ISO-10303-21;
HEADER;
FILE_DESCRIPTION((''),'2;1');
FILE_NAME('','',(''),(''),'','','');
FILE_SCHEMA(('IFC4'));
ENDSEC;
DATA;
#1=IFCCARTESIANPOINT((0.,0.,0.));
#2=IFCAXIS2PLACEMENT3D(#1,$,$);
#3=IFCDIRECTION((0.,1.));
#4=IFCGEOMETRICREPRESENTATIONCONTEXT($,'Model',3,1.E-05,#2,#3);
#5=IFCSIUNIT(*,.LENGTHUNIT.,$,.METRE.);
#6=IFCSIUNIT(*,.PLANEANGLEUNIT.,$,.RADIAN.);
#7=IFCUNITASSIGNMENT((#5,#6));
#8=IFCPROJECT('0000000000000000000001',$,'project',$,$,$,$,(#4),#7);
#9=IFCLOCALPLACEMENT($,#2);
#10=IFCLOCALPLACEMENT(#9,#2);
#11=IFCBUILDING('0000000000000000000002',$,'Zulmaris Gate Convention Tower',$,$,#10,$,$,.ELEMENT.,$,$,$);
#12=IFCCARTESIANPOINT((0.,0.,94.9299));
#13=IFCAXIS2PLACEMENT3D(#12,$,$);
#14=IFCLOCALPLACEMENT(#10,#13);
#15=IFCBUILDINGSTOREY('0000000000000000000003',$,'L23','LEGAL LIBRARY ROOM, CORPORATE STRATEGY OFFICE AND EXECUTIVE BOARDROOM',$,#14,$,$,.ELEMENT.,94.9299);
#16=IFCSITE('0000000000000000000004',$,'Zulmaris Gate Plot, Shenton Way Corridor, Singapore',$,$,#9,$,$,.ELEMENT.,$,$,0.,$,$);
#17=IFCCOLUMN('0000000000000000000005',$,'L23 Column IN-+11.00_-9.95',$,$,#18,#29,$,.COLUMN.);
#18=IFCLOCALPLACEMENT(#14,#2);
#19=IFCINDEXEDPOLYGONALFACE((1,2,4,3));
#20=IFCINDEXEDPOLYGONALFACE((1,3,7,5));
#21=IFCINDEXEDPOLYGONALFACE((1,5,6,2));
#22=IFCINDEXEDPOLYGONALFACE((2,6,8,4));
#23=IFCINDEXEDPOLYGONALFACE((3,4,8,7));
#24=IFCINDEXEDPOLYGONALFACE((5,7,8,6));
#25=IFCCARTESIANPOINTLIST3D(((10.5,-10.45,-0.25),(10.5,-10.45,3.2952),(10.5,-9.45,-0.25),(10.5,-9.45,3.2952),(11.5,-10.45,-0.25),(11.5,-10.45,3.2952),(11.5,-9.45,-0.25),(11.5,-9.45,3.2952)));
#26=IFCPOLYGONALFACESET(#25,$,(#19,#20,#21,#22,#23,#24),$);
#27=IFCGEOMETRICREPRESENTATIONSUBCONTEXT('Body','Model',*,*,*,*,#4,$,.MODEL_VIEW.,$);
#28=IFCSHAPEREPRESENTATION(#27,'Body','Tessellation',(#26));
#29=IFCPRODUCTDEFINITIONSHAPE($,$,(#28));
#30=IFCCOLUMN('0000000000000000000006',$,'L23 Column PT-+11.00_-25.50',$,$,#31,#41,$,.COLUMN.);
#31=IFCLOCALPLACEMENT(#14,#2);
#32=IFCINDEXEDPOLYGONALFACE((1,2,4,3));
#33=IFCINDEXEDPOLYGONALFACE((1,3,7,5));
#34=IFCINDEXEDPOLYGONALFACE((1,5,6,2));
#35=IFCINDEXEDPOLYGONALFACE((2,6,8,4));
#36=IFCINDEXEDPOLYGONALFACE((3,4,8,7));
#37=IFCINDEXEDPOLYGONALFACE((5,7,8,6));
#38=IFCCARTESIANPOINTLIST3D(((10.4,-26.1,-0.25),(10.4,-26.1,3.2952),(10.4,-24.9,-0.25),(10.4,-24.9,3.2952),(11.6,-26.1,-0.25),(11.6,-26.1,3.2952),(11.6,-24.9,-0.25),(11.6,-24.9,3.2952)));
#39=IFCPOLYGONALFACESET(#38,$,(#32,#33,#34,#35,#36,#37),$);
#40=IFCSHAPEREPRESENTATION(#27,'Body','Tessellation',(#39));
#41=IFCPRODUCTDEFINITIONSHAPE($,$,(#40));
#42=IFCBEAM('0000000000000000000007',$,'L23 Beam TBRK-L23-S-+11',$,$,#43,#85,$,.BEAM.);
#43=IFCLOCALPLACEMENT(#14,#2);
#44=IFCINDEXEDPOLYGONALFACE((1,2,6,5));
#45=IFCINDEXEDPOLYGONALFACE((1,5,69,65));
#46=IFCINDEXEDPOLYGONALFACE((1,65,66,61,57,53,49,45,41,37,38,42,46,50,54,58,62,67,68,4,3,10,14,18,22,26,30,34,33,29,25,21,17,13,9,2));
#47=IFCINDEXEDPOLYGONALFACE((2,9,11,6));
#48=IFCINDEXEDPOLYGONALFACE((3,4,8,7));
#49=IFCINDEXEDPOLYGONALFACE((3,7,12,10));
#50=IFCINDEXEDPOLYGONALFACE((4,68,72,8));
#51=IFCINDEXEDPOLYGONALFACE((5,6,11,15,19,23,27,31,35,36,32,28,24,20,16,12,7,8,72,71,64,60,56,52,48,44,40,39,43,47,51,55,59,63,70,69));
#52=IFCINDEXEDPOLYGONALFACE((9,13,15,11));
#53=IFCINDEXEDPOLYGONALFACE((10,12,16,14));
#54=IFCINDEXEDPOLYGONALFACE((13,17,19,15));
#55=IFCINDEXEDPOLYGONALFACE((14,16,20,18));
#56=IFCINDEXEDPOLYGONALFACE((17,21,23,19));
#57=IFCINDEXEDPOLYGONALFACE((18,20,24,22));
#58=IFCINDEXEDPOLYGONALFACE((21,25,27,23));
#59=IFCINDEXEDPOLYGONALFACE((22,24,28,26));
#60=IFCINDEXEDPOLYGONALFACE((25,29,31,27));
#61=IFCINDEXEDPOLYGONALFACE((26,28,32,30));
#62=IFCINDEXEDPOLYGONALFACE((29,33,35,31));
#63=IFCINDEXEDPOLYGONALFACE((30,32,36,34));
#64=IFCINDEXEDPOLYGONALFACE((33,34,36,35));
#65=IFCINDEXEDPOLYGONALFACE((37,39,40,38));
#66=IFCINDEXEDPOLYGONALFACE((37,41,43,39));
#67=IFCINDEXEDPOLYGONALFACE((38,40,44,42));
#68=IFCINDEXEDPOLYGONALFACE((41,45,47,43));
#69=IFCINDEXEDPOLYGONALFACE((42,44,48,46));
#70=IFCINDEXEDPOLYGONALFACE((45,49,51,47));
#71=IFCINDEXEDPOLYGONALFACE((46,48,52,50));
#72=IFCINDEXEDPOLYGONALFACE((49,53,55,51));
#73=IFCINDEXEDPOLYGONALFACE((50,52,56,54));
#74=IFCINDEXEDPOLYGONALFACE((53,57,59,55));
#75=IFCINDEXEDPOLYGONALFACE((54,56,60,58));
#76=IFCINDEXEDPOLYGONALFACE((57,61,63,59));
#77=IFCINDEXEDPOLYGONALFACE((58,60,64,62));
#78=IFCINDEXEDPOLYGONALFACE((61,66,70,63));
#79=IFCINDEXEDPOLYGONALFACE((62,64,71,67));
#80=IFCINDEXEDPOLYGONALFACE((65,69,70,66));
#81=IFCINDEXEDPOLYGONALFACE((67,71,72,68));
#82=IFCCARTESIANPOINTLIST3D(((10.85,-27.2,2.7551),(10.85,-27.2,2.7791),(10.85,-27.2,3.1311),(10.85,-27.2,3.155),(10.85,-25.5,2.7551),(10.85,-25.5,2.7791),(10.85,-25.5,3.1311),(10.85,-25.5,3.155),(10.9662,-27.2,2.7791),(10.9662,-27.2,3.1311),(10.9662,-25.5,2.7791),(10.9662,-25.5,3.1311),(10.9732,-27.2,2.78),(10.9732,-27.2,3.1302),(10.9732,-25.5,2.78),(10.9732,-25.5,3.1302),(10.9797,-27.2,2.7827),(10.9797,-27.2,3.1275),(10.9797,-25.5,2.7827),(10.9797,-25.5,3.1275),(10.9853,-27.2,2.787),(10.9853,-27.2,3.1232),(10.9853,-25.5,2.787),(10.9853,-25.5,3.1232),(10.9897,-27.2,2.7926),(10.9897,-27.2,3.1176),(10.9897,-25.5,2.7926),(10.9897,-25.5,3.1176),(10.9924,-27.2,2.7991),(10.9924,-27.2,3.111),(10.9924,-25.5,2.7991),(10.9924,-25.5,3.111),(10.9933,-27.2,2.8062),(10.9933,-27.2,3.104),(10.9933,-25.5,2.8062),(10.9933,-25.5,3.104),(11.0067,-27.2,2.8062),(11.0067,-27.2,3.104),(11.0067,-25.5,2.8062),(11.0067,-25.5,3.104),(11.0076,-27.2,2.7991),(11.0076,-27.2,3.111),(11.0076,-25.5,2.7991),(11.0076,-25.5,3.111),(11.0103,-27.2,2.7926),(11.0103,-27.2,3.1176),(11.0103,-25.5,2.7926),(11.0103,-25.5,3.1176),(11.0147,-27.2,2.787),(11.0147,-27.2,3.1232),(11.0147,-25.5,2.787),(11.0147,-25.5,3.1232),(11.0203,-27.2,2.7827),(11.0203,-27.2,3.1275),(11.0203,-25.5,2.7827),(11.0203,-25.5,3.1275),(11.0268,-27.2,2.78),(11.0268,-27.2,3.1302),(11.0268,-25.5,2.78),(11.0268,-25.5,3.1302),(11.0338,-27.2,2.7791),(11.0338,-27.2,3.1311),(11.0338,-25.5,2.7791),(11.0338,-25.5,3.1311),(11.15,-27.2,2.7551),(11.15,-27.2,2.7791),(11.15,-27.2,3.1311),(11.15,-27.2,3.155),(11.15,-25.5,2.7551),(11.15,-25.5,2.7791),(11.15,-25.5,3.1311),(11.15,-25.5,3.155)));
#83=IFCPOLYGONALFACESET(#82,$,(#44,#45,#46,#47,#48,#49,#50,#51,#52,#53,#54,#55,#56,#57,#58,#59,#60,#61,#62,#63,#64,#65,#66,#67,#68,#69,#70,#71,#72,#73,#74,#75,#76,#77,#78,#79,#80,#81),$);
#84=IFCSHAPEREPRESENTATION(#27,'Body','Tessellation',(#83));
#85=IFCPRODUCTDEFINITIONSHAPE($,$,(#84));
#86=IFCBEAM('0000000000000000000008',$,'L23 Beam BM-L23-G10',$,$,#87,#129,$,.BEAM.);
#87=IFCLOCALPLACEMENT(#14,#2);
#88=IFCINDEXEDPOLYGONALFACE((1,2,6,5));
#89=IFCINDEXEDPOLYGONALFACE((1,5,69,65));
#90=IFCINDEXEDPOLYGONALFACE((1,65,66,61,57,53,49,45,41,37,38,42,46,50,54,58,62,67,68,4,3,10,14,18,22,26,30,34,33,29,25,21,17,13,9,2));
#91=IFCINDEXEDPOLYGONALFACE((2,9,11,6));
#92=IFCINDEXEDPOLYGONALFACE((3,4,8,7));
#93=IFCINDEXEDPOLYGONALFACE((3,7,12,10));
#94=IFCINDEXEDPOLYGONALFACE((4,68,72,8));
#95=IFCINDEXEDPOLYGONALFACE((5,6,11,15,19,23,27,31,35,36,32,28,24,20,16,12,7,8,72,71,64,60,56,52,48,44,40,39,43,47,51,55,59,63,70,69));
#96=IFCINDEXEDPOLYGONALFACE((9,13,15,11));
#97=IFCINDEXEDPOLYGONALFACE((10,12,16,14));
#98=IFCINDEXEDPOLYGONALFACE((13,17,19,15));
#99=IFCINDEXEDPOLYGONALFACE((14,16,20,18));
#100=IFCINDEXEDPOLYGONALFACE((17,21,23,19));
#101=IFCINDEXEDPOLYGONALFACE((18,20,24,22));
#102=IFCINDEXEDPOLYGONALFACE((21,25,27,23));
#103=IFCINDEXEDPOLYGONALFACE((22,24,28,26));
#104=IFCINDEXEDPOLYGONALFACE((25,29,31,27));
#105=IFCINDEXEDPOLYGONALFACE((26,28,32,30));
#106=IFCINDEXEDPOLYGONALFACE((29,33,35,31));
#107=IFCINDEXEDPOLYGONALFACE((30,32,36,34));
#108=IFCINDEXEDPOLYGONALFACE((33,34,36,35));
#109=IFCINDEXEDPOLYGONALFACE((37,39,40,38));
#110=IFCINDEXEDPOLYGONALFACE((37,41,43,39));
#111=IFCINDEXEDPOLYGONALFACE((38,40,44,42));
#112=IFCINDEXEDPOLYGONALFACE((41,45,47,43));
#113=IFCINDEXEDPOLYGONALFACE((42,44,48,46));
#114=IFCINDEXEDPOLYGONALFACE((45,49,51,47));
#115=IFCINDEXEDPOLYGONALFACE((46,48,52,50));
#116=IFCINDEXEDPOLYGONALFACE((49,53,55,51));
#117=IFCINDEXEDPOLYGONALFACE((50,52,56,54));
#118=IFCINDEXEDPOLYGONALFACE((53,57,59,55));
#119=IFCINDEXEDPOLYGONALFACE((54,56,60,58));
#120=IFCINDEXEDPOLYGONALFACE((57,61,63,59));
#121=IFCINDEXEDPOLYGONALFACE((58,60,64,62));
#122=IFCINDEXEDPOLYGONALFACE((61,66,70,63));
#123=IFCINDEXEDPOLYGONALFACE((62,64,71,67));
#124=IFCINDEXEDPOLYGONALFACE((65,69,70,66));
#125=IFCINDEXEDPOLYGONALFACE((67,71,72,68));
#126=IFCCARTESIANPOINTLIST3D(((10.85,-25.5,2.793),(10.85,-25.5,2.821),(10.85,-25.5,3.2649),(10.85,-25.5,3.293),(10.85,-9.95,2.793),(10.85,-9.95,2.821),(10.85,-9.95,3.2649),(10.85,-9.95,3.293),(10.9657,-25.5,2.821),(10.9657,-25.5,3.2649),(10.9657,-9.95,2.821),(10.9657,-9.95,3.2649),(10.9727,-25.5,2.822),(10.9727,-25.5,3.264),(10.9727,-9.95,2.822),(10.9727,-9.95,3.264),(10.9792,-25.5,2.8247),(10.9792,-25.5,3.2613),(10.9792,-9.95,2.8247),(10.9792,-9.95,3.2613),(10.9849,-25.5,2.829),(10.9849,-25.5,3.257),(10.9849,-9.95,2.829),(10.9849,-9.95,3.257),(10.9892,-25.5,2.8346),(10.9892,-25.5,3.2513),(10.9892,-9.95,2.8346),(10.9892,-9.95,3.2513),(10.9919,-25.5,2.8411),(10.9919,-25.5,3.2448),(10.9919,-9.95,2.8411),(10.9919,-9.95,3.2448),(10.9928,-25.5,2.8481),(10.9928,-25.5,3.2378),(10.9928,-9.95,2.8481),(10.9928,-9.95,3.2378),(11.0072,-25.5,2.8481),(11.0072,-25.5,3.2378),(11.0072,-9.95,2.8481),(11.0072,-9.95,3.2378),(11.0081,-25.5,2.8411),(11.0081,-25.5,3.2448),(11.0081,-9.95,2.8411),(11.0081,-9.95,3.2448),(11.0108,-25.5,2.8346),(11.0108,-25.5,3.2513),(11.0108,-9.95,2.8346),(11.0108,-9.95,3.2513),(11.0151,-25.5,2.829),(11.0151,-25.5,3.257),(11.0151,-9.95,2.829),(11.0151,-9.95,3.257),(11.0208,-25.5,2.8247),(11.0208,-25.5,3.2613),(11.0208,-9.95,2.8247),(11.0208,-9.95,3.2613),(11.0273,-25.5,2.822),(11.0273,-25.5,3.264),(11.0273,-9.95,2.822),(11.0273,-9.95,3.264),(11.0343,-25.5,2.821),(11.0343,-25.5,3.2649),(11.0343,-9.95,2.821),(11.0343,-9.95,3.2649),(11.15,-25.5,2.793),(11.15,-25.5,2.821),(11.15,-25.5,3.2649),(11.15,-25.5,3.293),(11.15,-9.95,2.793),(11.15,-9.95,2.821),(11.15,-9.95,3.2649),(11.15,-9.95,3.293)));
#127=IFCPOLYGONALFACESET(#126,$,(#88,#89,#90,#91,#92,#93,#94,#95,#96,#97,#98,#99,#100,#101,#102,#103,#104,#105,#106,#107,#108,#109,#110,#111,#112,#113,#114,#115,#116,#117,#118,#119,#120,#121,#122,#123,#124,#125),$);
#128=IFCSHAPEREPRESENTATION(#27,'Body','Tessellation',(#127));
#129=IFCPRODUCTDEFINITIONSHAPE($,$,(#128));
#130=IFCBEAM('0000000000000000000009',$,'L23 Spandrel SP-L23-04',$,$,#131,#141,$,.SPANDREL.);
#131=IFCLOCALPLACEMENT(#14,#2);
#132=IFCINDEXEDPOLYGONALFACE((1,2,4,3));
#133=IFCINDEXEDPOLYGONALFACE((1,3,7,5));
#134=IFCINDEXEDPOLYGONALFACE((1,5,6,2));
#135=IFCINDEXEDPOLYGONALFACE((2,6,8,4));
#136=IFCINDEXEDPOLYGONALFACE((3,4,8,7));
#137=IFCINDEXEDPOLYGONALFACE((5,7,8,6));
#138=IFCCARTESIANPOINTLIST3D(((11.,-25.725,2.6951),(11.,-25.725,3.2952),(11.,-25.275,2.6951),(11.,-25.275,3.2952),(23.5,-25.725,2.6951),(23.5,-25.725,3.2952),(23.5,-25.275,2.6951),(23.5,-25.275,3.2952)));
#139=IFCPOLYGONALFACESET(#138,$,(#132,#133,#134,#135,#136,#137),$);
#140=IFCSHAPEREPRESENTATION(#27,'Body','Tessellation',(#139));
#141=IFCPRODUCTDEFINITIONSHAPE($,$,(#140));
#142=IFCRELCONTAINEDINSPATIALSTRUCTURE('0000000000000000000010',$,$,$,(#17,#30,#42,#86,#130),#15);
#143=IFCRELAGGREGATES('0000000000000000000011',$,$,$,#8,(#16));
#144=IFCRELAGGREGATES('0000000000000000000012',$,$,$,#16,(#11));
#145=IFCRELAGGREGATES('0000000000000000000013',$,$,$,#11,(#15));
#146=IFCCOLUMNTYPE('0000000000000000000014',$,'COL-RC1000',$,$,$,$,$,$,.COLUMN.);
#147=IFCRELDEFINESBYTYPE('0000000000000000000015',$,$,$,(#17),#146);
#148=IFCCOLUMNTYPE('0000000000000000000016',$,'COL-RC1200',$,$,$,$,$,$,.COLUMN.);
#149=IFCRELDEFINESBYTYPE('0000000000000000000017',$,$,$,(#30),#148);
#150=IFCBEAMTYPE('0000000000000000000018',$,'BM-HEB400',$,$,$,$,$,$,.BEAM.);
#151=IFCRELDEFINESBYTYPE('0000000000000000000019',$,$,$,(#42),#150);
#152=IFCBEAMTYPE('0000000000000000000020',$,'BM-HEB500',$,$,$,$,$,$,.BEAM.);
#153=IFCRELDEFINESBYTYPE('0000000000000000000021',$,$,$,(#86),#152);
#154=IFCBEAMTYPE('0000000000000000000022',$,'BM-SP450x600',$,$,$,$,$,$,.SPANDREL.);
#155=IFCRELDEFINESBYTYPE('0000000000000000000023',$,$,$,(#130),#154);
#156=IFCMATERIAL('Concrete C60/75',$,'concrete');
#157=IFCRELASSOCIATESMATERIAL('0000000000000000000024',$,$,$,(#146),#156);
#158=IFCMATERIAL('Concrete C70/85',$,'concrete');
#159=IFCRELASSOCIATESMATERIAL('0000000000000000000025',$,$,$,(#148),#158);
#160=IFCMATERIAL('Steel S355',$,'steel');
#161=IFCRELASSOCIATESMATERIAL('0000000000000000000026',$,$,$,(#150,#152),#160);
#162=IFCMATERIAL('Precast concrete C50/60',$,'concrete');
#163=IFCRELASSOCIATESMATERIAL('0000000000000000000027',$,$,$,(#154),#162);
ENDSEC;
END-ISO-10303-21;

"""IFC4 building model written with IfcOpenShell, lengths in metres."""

from ifc_helpers import new_model, si_unit, direction, frame, origin, origin_2d, place, context, subcontext, project, spatial, rectangle, i_section, extrude, material, material_profile, profile_set, type_object, element, save


model = new_model("IFC4")

# Units and contexts
model_context = context("Model", 3, precision=1e-05, world=origin(), true_north=direction((0.0, 1.0)))
body_context = subcontext(model_context, "Body", "Model", "MODEL_VIEW")
ifc_project = project(units=[si_unit("LENGTHUNIT", "METRE"), si_unit("PLANEANGLEUNIT", "RADIAN")], contexts=[model_context])

# Site, building, storey
site_placement = place(None, origin())
site = spatial("IfcSite", under=ifc_project, at=site_placement, Name="Zulmaris Gate Plot, Shenton Way Corridor, Singapore", CompositionType="ELEMENT", RefElevation=0.0)
building_placement = place(site_placement, origin())
building = spatial("IfcBuilding", under=site, at=building_placement, Name="Zulmaris Gate Convention Tower", CompositionType="ELEMENT")
storey_placement = place(building_placement, frame((0.0, 0.0, 94.9299)))
storey = spatial("IfcBuildingStorey", under=building, at=storey_placement, Name="L23", Description="LEGAL LIBRARY ROOM, CORPORATE STRATEGY OFFICE AND EXECUTIVE BOARDROOM", CompositionType="ELEMENT", Elevation=94.9299)

# Columns
ifc_material_1 = material(Name="Concrete C60/75", Category="concrete")
ifc_material_profile_1 = material_profile(ifc_material_1, rectangle(XDim=1.0, YDim=1.0, at=origin_2d()), Name="RC COL 1000x1000")
ifc_profile_set_1 = profile_set([ifc_material_profile_1], Name="Concrete C60/75")
column_type_1 = type_object("IfcColumnType", Name="COL-RC1000", PredefinedType="COLUMN", material=ifc_profile_set_1)
column_1_placement = place(storey_placement, frame((11.0, -9.95, -0.25), z_axis=(0.0, 0.0, 1.0), x_axis=(1.0, 0.0, 0.0)))
element("IfcColumn", 1, at=column_1_placement, inside=storey, type_object=column_type_1, Name="L23 Column IN-+11.00_-9.95", PredefinedType="COLUMN", context=body_context, shape_type="SweptSolid", body=[
    extrude(rectangle(XDim=1.0, YDim=1.0, at=origin_2d()), origin(), (0.0, 0.0, 1.0), 3.5452),
])
ifc_material_2 = material(Name="Concrete C70/85", Category="concrete")
ifc_material_profile_2 = material_profile(ifc_material_2, rectangle(XDim=1.2, YDim=1.2, at=origin_2d()), Name="RC COL 1200x1200")
ifc_profile_set_2 = profile_set([ifc_material_profile_2], Name="Concrete C70/85")
column_type_2 = type_object("IfcColumnType", Name="COL-RC1200", PredefinedType="COLUMN", material=ifc_profile_set_2)
column_2_placement = place(storey_placement, frame((11.0, -25.5, -0.25), z_axis=(0.0, 0.0, 1.0), x_axis=(1.0, 0.0, 0.0)))
element("IfcColumn", 2, at=column_2_placement, inside=storey, type_object=column_type_2, Name="L23 Column PT-+11.00_-25.50", PredefinedType="COLUMN", context=body_context, shape_type="SweptSolid", body=[
    extrude(rectangle(XDim=1.2, YDim=1.2, at=origin_2d()), origin(), (0.0, 0.0, 1.0), 3.5452),
])

# Beams
ifc_material_3 = material(Name="Steel S355", Category="steel")
ifc_material_profile_3 = material_profile(ifc_material_3, i_section(OverallWidth=0.3, OverallDepth=0.3999, WebThickness=0.0134, FlangeThickness=0.0239, FilletRadius=0.0271, at=origin_2d()), Name="HEB 400")
ifc_profile_set_3 = profile_set([ifc_material_profile_3], Name="Steel S355")
beam_type_1 = type_object("IfcBeamType", Name="BM-HEB400", PredefinedType="BEAM", material=ifc_profile_set_3)
beam_1_placement = place(storey_placement, frame((11.0, -27.2, 2.9551), z_axis=(0.0, 1.0, 0.0), x_axis=(-1.0, 0.0, 0.0)))
element("IfcBeam", 3, at=beam_1_placement, inside=storey, type_object=beam_type_1, Name="L23 Beam TBRK-L23-S-+11", PredefinedType="BEAM", context=body_context, shape_type="SweptSolid", body=[
    extrude(i_section(OverallWidth=0.3, OverallDepth=0.3999, WebThickness=0.0134, FlangeThickness=0.0239, FilletRadius=0.0271, at=origin_2d()), origin(), (0.0, 0.0, 1.0), 1.7),
])
ifc_material_profile_4 = material_profile(ifc_material_3, i_section(OverallWidth=0.3, OverallDepth=0.5, WebThickness=0.0144, FlangeThickness=0.0281, FilletRadius=0.0271, at=origin_2d()), Name="HEB 500")
ifc_profile_set_4 = profile_set([ifc_material_profile_4], Name="Steel S355")
beam_type_2 = type_object("IfcBeamType", Name="BM-HEB500", PredefinedType="BEAM", material=ifc_profile_set_4)
beam_2_placement = place(storey_placement, frame((11.0, -25.5, 3.043), z_axis=(0.0, 1.0, 0.0), x_axis=(-1.0, 0.0, 0.0)))
element("IfcBeam", 4, at=beam_2_placement, inside=storey, type_object=beam_type_2, Name="L23 Beam BM-L23-G10", PredefinedType="BEAM", context=body_context, shape_type="SweptSolid", body=[
    extrude(i_section(OverallWidth=0.3, OverallDepth=0.5, WebThickness=0.0144, FlangeThickness=0.0281, FilletRadius=0.0271, at=origin_2d()), origin(), (0.0, 0.0, 1.0), 15.55),
])
ifc_material_4 = material(Name="Precast concrete C50/60", Category="concrete")
ifc_material_profile_5 = material_profile(ifc_material_4, rectangle(XDim=0.45, YDim=0.6001, at=origin_2d()), Name="RC SPANDREL 450x600")
ifc_profile_set_5 = profile_set([ifc_material_profile_5], Name="Precast concrete C50/60")
beam_type_3 = type_object("IfcBeamType", Name="BM-SP450x600", PredefinedType="SPANDREL", material=ifc_profile_set_5)
beam_3_placement = place(storey_placement, frame((11.0, -25.5, 2.9951), z_axis=(1.0, 0.0, 0.0), x_axis=(0.0, 1.0, 0.0)))
element("IfcBeam", 5, at=beam_3_placement, inside=storey, type_object=beam_type_3, Name="L23 Spandrel SP-L23-04", PredefinedType="SPANDREL", context=body_context, shape_type="SweptSolid", body=[
    extrude(rectangle(XDim=0.45, YDim=0.6001, at=origin_2d()), origin(), (0.0, 0.0, 1.0), 12.5),
])

save(model, "model.ifc")
